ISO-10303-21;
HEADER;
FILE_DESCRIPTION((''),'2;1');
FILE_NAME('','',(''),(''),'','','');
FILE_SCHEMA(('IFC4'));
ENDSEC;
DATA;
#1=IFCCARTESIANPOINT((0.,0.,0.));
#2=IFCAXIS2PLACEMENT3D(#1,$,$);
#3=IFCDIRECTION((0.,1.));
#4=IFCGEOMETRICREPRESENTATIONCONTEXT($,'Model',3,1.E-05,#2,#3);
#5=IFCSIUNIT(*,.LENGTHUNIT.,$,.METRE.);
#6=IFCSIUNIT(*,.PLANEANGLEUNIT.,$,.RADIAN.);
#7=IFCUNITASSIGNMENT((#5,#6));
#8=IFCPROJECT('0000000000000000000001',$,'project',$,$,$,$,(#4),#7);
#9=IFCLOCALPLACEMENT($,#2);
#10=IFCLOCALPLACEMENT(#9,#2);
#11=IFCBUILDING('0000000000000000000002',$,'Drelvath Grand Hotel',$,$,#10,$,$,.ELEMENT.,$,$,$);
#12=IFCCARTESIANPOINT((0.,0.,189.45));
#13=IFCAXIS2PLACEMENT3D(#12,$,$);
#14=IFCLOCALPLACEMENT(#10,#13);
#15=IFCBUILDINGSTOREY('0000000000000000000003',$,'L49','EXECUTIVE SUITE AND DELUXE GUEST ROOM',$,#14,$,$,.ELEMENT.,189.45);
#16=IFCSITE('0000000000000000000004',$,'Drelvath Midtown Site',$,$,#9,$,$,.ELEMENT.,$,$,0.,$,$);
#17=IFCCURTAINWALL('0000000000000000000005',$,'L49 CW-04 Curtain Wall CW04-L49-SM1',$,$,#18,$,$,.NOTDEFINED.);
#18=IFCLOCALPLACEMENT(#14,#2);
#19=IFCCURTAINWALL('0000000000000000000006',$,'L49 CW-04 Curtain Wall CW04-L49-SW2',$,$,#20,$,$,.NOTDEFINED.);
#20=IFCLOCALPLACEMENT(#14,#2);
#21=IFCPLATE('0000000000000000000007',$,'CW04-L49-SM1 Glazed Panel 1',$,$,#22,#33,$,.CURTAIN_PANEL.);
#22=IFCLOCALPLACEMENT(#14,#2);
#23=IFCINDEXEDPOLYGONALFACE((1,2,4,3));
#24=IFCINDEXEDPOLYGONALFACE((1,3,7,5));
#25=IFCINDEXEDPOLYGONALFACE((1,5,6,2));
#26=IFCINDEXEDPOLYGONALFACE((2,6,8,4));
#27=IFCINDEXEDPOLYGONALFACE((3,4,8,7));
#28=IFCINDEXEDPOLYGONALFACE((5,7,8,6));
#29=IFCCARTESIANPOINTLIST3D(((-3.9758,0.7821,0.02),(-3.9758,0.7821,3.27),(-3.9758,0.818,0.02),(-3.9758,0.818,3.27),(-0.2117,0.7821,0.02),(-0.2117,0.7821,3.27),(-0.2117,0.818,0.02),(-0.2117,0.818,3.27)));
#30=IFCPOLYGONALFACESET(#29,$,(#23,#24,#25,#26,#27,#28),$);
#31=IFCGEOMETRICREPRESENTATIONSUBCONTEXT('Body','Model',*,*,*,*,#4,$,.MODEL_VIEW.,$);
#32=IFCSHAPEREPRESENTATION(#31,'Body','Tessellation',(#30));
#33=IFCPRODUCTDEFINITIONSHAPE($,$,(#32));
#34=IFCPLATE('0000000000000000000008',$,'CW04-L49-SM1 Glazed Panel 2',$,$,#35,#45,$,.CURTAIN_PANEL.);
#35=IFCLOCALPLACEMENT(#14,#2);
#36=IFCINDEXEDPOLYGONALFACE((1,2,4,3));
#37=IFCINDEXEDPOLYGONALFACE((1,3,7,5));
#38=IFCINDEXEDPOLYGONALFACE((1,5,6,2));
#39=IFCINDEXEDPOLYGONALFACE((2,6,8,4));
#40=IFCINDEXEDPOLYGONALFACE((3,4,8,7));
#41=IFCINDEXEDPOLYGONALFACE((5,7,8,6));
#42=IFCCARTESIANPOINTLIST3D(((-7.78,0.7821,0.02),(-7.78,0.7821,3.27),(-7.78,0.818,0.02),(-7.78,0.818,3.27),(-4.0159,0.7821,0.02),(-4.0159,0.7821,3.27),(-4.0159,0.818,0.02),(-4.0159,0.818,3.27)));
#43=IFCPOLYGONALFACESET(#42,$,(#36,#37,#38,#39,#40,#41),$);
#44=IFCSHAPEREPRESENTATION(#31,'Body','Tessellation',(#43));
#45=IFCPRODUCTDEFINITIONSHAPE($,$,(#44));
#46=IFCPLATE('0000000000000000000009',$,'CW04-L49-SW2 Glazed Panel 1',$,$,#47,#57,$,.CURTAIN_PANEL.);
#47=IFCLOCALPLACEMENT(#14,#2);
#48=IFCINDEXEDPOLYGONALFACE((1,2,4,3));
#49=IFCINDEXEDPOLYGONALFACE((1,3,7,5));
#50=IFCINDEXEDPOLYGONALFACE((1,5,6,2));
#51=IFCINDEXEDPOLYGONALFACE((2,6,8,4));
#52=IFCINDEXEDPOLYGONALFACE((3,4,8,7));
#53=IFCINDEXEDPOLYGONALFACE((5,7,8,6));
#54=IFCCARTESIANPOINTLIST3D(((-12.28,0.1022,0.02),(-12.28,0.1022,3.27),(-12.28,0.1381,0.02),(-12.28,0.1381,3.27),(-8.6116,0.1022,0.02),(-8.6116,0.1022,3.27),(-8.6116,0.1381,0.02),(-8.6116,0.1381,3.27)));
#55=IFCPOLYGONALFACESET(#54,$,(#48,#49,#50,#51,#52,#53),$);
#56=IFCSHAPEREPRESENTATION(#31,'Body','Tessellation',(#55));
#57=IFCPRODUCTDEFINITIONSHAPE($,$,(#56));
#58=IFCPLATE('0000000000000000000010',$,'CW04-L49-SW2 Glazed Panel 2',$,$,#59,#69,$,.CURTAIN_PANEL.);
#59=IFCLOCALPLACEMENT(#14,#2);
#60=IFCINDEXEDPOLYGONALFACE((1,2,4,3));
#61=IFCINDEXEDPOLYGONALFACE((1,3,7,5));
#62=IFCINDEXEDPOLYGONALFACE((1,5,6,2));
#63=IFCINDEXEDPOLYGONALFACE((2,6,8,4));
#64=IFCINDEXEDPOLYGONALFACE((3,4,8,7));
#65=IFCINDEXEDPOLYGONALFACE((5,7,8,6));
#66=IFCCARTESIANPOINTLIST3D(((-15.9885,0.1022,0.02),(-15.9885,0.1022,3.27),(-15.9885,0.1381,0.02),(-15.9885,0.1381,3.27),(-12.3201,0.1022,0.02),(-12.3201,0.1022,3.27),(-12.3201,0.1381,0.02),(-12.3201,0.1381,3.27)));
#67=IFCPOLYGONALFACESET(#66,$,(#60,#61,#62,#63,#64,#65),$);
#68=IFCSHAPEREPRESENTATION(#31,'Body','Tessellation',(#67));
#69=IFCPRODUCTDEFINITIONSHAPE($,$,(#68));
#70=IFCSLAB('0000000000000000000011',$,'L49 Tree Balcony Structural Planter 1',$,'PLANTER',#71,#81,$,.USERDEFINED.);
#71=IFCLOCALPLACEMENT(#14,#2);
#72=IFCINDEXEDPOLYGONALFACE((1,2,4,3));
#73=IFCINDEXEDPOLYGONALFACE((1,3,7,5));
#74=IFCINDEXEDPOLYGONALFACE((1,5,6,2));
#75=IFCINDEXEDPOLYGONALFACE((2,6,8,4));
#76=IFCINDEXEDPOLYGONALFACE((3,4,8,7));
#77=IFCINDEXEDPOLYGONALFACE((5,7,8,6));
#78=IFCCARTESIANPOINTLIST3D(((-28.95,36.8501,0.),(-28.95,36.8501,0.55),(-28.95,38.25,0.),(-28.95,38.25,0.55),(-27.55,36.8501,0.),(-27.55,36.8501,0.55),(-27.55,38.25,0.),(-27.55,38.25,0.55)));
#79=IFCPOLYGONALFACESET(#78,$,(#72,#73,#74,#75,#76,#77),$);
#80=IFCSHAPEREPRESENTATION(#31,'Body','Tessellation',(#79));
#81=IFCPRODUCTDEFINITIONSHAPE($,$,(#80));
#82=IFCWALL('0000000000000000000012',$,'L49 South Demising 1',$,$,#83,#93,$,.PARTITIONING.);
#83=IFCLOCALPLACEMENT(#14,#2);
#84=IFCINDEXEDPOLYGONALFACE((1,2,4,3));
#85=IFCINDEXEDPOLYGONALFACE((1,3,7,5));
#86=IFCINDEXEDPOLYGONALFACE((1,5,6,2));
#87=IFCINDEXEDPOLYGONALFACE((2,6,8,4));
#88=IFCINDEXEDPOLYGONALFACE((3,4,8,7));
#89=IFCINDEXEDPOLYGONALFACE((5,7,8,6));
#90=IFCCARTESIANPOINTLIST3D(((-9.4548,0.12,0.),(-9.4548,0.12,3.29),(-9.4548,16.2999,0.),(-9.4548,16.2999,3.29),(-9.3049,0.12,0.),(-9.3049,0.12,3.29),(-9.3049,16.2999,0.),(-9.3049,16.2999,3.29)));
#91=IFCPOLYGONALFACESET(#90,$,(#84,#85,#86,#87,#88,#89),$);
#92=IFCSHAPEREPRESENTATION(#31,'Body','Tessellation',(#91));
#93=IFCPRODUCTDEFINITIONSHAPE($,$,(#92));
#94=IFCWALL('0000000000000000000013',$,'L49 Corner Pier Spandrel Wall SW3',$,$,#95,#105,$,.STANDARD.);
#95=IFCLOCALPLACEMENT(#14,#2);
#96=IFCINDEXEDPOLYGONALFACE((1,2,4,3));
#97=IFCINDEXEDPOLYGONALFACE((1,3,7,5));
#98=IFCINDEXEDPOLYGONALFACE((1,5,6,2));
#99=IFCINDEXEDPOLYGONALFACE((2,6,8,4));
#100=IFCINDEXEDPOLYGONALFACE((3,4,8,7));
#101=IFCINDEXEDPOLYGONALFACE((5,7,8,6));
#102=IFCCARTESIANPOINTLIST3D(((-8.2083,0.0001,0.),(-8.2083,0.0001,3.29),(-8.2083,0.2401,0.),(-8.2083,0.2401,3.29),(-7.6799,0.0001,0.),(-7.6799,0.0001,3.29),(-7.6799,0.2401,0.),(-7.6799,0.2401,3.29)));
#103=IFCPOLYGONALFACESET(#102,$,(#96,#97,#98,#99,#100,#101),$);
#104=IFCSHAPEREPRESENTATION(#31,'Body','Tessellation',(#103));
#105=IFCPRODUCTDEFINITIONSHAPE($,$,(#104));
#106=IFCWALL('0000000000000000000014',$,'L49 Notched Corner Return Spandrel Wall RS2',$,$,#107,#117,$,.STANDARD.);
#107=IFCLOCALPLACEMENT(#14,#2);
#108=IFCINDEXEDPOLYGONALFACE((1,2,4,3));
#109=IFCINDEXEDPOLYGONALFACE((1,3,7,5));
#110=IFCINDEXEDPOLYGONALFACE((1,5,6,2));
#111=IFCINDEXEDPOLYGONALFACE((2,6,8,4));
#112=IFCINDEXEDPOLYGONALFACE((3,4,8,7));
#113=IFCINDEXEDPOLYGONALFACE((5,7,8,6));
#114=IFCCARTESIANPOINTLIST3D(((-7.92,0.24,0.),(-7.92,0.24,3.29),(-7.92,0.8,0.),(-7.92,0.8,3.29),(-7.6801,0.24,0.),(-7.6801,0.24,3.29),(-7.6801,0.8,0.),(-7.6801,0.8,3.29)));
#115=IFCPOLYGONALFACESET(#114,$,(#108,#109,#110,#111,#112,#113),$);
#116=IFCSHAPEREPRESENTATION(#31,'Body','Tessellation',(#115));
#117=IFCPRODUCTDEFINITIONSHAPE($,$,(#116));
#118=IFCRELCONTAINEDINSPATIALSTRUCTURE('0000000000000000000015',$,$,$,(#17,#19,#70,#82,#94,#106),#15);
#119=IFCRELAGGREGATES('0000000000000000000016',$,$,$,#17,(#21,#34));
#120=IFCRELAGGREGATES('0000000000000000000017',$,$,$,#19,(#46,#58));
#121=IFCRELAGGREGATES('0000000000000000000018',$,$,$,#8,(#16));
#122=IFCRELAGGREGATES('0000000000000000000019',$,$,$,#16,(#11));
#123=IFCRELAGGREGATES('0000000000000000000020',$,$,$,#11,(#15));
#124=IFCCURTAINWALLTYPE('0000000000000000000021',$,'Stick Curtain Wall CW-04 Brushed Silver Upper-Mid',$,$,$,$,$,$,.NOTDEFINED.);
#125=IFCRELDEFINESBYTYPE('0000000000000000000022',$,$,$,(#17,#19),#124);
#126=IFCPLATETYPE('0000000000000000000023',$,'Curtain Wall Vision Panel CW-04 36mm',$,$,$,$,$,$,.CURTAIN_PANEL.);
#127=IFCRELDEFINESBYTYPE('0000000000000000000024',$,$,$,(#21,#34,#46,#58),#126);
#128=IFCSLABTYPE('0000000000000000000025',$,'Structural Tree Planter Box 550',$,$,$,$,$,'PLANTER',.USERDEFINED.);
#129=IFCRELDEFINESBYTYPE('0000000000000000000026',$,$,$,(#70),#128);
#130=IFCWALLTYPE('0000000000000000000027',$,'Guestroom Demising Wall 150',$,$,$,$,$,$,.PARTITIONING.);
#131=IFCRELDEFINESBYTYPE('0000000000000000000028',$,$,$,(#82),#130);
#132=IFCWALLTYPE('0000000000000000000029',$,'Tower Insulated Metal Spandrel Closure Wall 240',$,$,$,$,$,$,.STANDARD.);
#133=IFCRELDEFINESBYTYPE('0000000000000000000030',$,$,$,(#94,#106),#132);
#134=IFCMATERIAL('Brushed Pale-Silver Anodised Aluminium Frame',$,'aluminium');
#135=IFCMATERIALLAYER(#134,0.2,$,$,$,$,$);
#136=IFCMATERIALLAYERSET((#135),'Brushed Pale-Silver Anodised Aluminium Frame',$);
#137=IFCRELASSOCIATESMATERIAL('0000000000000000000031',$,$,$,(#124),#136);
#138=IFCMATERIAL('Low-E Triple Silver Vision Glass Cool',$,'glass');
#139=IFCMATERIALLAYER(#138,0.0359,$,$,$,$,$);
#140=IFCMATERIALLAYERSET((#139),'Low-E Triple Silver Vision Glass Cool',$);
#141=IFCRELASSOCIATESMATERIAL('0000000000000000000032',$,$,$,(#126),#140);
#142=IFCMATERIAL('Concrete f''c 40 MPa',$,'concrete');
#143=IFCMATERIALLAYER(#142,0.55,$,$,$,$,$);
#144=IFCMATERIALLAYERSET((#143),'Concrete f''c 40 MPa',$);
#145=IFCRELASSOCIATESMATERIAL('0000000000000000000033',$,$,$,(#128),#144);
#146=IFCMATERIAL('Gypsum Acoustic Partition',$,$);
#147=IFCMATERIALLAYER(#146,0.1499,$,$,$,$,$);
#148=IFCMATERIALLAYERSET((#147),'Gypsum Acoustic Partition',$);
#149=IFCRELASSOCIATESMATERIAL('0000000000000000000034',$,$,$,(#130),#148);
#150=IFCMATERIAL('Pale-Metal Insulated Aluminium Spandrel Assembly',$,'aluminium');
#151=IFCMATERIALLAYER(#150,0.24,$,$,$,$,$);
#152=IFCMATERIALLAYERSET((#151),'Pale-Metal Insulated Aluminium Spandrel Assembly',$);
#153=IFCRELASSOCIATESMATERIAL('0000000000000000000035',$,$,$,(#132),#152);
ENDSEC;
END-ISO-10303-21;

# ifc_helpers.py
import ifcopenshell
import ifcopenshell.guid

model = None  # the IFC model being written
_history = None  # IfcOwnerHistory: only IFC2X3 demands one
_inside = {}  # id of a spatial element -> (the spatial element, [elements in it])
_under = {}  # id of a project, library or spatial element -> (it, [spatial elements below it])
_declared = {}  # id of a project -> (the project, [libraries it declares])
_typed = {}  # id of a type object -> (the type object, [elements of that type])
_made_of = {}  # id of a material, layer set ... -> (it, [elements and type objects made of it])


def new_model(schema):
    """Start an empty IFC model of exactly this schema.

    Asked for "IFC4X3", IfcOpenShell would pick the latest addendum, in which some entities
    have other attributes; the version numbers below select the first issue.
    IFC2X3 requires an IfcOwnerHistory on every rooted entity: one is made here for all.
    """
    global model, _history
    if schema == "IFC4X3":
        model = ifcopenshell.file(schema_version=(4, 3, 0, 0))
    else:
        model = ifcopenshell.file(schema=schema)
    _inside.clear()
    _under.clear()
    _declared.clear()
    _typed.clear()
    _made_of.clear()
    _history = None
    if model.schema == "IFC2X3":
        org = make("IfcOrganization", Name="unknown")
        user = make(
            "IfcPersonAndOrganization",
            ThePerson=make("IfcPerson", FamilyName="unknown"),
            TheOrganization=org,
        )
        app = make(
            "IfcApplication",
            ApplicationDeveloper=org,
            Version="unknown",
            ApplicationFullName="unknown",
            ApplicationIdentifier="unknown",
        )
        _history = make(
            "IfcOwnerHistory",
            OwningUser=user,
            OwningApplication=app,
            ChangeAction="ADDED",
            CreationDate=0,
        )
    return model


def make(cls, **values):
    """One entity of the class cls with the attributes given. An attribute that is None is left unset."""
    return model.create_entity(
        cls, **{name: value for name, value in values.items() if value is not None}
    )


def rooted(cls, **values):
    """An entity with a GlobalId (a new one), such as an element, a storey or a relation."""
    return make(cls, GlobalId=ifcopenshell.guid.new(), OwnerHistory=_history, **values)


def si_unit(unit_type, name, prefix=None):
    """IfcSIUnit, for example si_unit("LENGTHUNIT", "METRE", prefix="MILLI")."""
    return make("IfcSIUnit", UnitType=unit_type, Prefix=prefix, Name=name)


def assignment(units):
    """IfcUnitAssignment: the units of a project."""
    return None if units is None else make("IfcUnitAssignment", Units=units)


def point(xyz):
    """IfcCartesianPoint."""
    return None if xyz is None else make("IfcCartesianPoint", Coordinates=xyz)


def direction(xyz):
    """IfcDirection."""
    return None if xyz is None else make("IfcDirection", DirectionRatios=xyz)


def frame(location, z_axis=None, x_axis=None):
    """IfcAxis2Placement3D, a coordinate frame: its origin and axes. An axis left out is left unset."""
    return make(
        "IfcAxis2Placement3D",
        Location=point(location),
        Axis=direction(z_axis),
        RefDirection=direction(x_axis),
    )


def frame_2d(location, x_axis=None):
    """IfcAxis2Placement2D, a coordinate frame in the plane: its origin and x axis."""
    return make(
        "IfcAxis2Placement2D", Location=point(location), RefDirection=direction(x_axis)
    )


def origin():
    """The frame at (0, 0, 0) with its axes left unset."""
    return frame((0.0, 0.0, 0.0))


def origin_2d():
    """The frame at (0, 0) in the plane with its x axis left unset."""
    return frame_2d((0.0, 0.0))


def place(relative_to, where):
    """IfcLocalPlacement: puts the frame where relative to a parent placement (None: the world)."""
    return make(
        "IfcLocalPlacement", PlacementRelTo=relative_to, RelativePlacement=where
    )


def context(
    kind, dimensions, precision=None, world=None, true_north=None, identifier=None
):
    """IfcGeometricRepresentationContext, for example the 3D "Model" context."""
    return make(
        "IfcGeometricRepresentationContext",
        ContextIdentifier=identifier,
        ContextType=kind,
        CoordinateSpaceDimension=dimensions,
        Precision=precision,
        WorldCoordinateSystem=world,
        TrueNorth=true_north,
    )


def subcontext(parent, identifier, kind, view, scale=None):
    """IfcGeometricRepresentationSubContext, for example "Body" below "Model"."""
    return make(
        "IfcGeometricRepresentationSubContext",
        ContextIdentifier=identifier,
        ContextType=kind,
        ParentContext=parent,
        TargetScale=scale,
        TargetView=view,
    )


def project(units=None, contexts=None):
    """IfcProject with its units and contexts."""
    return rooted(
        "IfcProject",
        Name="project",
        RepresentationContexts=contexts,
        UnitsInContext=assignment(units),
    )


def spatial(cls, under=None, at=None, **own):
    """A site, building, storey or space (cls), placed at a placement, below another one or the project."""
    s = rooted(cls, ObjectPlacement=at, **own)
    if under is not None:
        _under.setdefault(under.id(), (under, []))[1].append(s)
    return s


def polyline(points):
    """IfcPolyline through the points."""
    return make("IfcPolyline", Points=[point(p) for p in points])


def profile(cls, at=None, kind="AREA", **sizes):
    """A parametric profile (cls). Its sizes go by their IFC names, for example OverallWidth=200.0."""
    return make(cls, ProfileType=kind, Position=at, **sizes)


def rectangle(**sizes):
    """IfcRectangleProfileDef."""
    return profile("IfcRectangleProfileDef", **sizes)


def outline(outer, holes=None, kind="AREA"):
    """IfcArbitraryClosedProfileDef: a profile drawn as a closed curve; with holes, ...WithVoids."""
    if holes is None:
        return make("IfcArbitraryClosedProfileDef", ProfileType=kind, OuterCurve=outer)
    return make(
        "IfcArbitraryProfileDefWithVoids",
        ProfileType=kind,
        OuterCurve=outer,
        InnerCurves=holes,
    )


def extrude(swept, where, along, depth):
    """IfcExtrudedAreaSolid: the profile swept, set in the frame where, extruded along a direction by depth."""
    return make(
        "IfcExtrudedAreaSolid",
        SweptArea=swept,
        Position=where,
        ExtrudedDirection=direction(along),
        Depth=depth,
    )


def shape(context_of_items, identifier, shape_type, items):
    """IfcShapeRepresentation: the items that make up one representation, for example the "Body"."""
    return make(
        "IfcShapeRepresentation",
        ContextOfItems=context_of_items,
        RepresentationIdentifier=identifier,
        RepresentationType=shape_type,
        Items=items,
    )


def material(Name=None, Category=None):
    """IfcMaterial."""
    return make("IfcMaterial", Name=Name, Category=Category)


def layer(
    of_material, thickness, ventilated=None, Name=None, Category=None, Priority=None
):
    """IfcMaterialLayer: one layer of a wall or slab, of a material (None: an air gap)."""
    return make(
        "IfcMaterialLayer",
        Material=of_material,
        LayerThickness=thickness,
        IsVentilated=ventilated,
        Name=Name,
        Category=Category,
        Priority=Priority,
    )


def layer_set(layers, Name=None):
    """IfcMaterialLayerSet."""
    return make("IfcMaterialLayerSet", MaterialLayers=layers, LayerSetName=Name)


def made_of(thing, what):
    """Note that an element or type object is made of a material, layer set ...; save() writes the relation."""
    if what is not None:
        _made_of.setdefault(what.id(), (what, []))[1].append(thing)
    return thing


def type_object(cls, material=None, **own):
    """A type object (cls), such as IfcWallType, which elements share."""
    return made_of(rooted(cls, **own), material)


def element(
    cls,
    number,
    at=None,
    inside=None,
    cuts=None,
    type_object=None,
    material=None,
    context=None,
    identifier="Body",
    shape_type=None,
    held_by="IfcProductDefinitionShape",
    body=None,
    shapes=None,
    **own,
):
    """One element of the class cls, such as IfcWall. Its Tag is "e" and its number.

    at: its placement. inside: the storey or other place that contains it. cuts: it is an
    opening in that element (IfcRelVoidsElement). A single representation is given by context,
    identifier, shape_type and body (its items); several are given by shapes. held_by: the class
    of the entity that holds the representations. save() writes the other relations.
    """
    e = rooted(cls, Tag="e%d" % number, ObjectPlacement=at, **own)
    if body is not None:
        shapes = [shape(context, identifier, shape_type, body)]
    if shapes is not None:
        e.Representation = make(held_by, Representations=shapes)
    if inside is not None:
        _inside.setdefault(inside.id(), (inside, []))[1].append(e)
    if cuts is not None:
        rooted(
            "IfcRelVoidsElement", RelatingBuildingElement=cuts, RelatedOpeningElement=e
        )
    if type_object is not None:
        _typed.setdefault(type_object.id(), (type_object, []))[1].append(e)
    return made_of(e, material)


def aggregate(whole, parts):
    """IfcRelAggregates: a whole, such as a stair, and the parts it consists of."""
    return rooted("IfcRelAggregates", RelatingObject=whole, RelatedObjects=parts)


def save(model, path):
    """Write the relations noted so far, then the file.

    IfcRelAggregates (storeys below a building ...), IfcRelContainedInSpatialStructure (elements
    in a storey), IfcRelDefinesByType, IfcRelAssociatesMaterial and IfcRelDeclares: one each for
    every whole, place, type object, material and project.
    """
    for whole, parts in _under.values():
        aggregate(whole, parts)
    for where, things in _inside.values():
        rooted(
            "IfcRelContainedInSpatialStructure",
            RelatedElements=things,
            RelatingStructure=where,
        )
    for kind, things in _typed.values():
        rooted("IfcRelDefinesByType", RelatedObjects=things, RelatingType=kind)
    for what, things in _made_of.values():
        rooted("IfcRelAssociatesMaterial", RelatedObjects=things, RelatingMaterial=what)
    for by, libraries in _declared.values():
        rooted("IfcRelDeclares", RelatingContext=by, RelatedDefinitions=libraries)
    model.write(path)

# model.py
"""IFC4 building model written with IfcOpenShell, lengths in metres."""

from ifc_helpers import new_model, si_unit, direction, frame, frame_2d, origin, origin_2d, place, context, subcontext, project, spatial, polyline, rectangle, outline, extrude, material, layer, layer_set, type_object, element, aggregate, save


model = new_model("IFC4")

# Units and contexts
model_context = context("Model", 3, precision=1e-05, world=origin(), true_north=direction((0.0, 1.0)))
body_context = subcontext(model_context, "Body", "Model", "MODEL_VIEW")
ifc_project = project(units=[si_unit("LENGTHUNIT", "METRE"), si_unit("PLANEANGLEUNIT", "RADIAN")], contexts=[model_context])

# Site, building, storey
site_placement = place(None, origin())
site = spatial("IfcSite", under=ifc_project, at=site_placement, Name="Drelvath Midtown Site", CompositionType="ELEMENT", RefElevation=0.0)
building_placement = place(site_placement, origin())
building = spatial("IfcBuilding", under=site, at=building_placement, Name="Drelvath Grand Hotel", CompositionType="ELEMENT")
storey_placement = place(building_placement, frame((0.0, 0.0, 189.45)))
storey = spatial("IfcBuildingStorey", under=building, at=storey_placement, Name="L49", Description="EXECUTIVE SUITE AND DELUXE GUEST ROOM", CompositionType="ELEMENT", Elevation=189.45)

# Curtain walls
ifc_material_1 = material(Name="Brushed Pale-Silver Anodised Aluminium Frame", Category="aluminium")
ifc_layer_1 = layer(ifc_material_1, 0.2)
ifc_layer_set_1 = layer_set([ifc_layer_1], Name="Brushed Pale-Silver Anodised Aluminium Frame")
curtain_wall_type = type_object("IfcCurtainWallType", Name="Stick Curtain Wall CW-04 Brushed Silver Upper-Mid", PredefinedType="NOTDEFINED", material=ifc_layer_set_1)
curtain_wall_1_placement = place(storey_placement, origin())
curtain_wall_1 = element("IfcCurtainWall", 1, at=curtain_wall_1_placement, inside=storey, type_object=curtain_wall_type, Name="L49 CW-04 Curtain Wall CW04-L49-SM1", PredefinedType="NOTDEFINED")
curtain_wall_2_placement = place(storey_placement, origin())
curtain_wall_2 = element("IfcCurtainWall", 2, at=curtain_wall_2_placement, inside=storey, type_object=curtain_wall_type, Name="L49 CW-04 Curtain Wall CW04-L49-SW2", PredefinedType="NOTDEFINED")

# Shared definitions
ifc_material_2 = material(Name="Concrete f'c 40 MPa", Category="concrete")

# Plates
ifc_material_3 = material(Name="Low-E Triple Silver Vision Glass Cool", Category="glass")
ifc_layer_2 = layer(ifc_material_3, 0.0359)
ifc_layer_set_2 = layer_set([ifc_layer_2], Name="Low-E Triple Silver Vision Glass Cool")
plate_type = type_object("IfcPlateType", Name="Curtain Wall Vision Panel CW-04 36mm", PredefinedType="CURTAIN_PANEL", material=ifc_layer_set_2)
plate_1_placement = place(storey_placement, frame((-2.0938, 0.8, 0.02), z_axis=(0.0, 0.0, 1.0), x_axis=(-1.0, 0.0, 0.0)))
plate_1 = element("IfcPlate", 3, at=plate_1_placement, type_object=plate_type, Name="CW04-L49-SM1 Glazed Panel 1", PredefinedType="CURTAIN_PANEL", context=body_context, shape_type="SweptSolid", body=[
    extrude(rectangle(XDim=3.7642, YDim=0.0359, at=origin_2d()), origin(), (0.0, 0.0, 1.0), 3.25),
])
plate_2_placement = place(storey_placement, frame((-5.8979, 0.8, 0.02), z_axis=(0.0, 0.0, 1.0), x_axis=(-1.0, 0.0, 0.0)))
plate_2 = element("IfcPlate", 4, at=plate_2_placement, type_object=plate_type, Name="CW04-L49-SM1 Glazed Panel 2", PredefinedType="CURTAIN_PANEL", context=body_context, shape_type="SweptSolid", body=[
    extrude(rectangle(XDim=3.7642, YDim=0.0359, at=origin_2d()), origin(), (0.0, 0.0, 1.0), 3.25),
])
aggregate(curtain_wall_1, [plate_1, plate_2])
plate_3_placement = place(storey_placement, frame((-10.4458, 0.1201, 0.02), z_axis=(0.0, 0.0, 1.0), x_axis=(-1.0, 0.0, 0.0)))
plate_3 = element("IfcPlate", 5, at=plate_3_placement, type_object=plate_type, Name="CW04-L49-SW2 Glazed Panel 1", PredefinedType="CURTAIN_PANEL", context=body_context, shape_type="SweptSolid", body=[
    extrude(rectangle(XDim=3.6685, YDim=0.0359, at=origin_2d()), origin(), (0.0, 0.0, 1.0), 3.25),
])
plate_4_placement = place(storey_placement, frame((-14.1543, 0.1201, 0.02), z_axis=(0.0, 0.0, 1.0), x_axis=(-1.0, 0.0, 0.0)))
plate_4 = element("IfcPlate", 6, at=plate_4_placement, type_object=plate_type, Name="CW04-L49-SW2 Glazed Panel 2", PredefinedType="CURTAIN_PANEL", context=body_context, shape_type="SweptSolid", body=[
    extrude(rectangle(XDim=3.6685, YDim=0.0359, at=origin_2d()), origin(), (0.0, 0.0, 1.0), 3.25),
])
aggregate(curtain_wall_2, [plate_3, plate_4])

# Slab
ifc_layer_3 = layer(ifc_material_2, 0.55)
ifc_layer_set_3 = layer_set([ifc_layer_3], Name="Concrete f'c 40 MPa")
slab_type_1 = type_object("IfcSlabType", Name="Structural Tree Planter Box 550", ElementType="PLANTER", PredefinedType="USERDEFINED", material=ifc_layer_set_3)
slab_1_placement = place(storey_placement, origin())
element("IfcSlab", 7, at=slab_1_placement, inside=storey, type_object=slab_type_1, Name="L49 Tree Balcony Structural Planter 1", ObjectType="PLANTER", PredefinedType="USERDEFINED", context=body_context, shape_type="SweptSolid", body=[
    extrude(outline(polyline([(-28.95, 36.8501), (-27.55, 36.8501), (-27.55, 38.25), (-28.95, 38.25), (-28.95, 36.8501)])), origin(), (0.0, 0.0, 1.0), 0.55),
])

# Walls
ifc_material_4 = material(Name="Gypsum Acoustic Partition")
ifc_layer_4 = layer(ifc_material_4, 0.1499)
ifc_layer_set_4 = layer_set([ifc_layer_4], Name="Gypsum Acoustic Partition")
wall_type_1 = type_object("IfcWallType", Name="Guestroom Demising Wall 150", PredefinedType="PARTITIONING", material=ifc_layer_set_4)
wall_1_placement = place(storey_placement, frame((-9.3799, 0.1201, 0.0), z_axis=(0.0, 0.0, 1.0), x_axis=(0.0, 1.0, 0.0)))
element("IfcWall", 8, at=wall_1_placement, inside=storey, type_object=wall_type_1, Name="L49 South Demising 1", PredefinedType="PARTITIONING", context=body_context, shape_type="SweptSolid", body=[
    extrude(rectangle(XDim=16.1799, YDim=0.1499, at=frame_2d((8.0898, 0.0))), origin(), (0.0, 0.0, 1.0), 3.29),
])
ifc_material_5 = material(Name="Pale-Metal Insulated Aluminium Spandrel Assembly", Category="aluminium")
ifc_layer_5 = layer(ifc_material_5, 0.24)
ifc_layer_set_5 = layer_set([ifc_layer_5], Name="Pale-Metal Insulated Aluminium Spandrel Assembly")
wall_type_2 = type_object("IfcWallType", Name="Tower Insulated Metal Spandrel Closure Wall 240", PredefinedType="STANDARD", material=ifc_layer_set_5)
wall_2_placement = place(storey_placement, frame((-7.6799, 0.1201, 0.0), z_axis=(0.0, 0.0, 1.0), x_axis=(-1.0, 0.0, 0.0)))
element("IfcWall", 9, at=wall_2_placement, inside=storey, type_object=wall_type_2, Name="L49 Corner Pier Spandrel Wall SW3", PredefinedType="STANDARD", context=body_context, shape_type="SweptSolid", body=[
    extrude(rectangle(XDim=0.5283, YDim=0.24, at=frame_2d((0.2642, 0.0))), origin(), (0.0, 0.0, 1.0), 3.29),
])
wall_3_placement = place(storey_placement, frame((-7.8, 0.8, 0.0), z_axis=(0.0, 0.0, 1.0), x_axis=(0.0, -1.0, 0.0)))
element("IfcWall", 10, at=wall_3_placement, inside=storey, type_object=wall_type_2, Name="L49 Notched Corner Return Spandrel Wall RS2", PredefinedType="STANDARD", context=body_context, shape_type="SweptSolid", body=[
    extrude(rectangle(XDim=0.5601, YDim=0.24, at=frame_2d((0.28, 0.0))), origin(), (0.0, 0.0, 1.0), 3.29),
])

save(model, "model.ifc")
